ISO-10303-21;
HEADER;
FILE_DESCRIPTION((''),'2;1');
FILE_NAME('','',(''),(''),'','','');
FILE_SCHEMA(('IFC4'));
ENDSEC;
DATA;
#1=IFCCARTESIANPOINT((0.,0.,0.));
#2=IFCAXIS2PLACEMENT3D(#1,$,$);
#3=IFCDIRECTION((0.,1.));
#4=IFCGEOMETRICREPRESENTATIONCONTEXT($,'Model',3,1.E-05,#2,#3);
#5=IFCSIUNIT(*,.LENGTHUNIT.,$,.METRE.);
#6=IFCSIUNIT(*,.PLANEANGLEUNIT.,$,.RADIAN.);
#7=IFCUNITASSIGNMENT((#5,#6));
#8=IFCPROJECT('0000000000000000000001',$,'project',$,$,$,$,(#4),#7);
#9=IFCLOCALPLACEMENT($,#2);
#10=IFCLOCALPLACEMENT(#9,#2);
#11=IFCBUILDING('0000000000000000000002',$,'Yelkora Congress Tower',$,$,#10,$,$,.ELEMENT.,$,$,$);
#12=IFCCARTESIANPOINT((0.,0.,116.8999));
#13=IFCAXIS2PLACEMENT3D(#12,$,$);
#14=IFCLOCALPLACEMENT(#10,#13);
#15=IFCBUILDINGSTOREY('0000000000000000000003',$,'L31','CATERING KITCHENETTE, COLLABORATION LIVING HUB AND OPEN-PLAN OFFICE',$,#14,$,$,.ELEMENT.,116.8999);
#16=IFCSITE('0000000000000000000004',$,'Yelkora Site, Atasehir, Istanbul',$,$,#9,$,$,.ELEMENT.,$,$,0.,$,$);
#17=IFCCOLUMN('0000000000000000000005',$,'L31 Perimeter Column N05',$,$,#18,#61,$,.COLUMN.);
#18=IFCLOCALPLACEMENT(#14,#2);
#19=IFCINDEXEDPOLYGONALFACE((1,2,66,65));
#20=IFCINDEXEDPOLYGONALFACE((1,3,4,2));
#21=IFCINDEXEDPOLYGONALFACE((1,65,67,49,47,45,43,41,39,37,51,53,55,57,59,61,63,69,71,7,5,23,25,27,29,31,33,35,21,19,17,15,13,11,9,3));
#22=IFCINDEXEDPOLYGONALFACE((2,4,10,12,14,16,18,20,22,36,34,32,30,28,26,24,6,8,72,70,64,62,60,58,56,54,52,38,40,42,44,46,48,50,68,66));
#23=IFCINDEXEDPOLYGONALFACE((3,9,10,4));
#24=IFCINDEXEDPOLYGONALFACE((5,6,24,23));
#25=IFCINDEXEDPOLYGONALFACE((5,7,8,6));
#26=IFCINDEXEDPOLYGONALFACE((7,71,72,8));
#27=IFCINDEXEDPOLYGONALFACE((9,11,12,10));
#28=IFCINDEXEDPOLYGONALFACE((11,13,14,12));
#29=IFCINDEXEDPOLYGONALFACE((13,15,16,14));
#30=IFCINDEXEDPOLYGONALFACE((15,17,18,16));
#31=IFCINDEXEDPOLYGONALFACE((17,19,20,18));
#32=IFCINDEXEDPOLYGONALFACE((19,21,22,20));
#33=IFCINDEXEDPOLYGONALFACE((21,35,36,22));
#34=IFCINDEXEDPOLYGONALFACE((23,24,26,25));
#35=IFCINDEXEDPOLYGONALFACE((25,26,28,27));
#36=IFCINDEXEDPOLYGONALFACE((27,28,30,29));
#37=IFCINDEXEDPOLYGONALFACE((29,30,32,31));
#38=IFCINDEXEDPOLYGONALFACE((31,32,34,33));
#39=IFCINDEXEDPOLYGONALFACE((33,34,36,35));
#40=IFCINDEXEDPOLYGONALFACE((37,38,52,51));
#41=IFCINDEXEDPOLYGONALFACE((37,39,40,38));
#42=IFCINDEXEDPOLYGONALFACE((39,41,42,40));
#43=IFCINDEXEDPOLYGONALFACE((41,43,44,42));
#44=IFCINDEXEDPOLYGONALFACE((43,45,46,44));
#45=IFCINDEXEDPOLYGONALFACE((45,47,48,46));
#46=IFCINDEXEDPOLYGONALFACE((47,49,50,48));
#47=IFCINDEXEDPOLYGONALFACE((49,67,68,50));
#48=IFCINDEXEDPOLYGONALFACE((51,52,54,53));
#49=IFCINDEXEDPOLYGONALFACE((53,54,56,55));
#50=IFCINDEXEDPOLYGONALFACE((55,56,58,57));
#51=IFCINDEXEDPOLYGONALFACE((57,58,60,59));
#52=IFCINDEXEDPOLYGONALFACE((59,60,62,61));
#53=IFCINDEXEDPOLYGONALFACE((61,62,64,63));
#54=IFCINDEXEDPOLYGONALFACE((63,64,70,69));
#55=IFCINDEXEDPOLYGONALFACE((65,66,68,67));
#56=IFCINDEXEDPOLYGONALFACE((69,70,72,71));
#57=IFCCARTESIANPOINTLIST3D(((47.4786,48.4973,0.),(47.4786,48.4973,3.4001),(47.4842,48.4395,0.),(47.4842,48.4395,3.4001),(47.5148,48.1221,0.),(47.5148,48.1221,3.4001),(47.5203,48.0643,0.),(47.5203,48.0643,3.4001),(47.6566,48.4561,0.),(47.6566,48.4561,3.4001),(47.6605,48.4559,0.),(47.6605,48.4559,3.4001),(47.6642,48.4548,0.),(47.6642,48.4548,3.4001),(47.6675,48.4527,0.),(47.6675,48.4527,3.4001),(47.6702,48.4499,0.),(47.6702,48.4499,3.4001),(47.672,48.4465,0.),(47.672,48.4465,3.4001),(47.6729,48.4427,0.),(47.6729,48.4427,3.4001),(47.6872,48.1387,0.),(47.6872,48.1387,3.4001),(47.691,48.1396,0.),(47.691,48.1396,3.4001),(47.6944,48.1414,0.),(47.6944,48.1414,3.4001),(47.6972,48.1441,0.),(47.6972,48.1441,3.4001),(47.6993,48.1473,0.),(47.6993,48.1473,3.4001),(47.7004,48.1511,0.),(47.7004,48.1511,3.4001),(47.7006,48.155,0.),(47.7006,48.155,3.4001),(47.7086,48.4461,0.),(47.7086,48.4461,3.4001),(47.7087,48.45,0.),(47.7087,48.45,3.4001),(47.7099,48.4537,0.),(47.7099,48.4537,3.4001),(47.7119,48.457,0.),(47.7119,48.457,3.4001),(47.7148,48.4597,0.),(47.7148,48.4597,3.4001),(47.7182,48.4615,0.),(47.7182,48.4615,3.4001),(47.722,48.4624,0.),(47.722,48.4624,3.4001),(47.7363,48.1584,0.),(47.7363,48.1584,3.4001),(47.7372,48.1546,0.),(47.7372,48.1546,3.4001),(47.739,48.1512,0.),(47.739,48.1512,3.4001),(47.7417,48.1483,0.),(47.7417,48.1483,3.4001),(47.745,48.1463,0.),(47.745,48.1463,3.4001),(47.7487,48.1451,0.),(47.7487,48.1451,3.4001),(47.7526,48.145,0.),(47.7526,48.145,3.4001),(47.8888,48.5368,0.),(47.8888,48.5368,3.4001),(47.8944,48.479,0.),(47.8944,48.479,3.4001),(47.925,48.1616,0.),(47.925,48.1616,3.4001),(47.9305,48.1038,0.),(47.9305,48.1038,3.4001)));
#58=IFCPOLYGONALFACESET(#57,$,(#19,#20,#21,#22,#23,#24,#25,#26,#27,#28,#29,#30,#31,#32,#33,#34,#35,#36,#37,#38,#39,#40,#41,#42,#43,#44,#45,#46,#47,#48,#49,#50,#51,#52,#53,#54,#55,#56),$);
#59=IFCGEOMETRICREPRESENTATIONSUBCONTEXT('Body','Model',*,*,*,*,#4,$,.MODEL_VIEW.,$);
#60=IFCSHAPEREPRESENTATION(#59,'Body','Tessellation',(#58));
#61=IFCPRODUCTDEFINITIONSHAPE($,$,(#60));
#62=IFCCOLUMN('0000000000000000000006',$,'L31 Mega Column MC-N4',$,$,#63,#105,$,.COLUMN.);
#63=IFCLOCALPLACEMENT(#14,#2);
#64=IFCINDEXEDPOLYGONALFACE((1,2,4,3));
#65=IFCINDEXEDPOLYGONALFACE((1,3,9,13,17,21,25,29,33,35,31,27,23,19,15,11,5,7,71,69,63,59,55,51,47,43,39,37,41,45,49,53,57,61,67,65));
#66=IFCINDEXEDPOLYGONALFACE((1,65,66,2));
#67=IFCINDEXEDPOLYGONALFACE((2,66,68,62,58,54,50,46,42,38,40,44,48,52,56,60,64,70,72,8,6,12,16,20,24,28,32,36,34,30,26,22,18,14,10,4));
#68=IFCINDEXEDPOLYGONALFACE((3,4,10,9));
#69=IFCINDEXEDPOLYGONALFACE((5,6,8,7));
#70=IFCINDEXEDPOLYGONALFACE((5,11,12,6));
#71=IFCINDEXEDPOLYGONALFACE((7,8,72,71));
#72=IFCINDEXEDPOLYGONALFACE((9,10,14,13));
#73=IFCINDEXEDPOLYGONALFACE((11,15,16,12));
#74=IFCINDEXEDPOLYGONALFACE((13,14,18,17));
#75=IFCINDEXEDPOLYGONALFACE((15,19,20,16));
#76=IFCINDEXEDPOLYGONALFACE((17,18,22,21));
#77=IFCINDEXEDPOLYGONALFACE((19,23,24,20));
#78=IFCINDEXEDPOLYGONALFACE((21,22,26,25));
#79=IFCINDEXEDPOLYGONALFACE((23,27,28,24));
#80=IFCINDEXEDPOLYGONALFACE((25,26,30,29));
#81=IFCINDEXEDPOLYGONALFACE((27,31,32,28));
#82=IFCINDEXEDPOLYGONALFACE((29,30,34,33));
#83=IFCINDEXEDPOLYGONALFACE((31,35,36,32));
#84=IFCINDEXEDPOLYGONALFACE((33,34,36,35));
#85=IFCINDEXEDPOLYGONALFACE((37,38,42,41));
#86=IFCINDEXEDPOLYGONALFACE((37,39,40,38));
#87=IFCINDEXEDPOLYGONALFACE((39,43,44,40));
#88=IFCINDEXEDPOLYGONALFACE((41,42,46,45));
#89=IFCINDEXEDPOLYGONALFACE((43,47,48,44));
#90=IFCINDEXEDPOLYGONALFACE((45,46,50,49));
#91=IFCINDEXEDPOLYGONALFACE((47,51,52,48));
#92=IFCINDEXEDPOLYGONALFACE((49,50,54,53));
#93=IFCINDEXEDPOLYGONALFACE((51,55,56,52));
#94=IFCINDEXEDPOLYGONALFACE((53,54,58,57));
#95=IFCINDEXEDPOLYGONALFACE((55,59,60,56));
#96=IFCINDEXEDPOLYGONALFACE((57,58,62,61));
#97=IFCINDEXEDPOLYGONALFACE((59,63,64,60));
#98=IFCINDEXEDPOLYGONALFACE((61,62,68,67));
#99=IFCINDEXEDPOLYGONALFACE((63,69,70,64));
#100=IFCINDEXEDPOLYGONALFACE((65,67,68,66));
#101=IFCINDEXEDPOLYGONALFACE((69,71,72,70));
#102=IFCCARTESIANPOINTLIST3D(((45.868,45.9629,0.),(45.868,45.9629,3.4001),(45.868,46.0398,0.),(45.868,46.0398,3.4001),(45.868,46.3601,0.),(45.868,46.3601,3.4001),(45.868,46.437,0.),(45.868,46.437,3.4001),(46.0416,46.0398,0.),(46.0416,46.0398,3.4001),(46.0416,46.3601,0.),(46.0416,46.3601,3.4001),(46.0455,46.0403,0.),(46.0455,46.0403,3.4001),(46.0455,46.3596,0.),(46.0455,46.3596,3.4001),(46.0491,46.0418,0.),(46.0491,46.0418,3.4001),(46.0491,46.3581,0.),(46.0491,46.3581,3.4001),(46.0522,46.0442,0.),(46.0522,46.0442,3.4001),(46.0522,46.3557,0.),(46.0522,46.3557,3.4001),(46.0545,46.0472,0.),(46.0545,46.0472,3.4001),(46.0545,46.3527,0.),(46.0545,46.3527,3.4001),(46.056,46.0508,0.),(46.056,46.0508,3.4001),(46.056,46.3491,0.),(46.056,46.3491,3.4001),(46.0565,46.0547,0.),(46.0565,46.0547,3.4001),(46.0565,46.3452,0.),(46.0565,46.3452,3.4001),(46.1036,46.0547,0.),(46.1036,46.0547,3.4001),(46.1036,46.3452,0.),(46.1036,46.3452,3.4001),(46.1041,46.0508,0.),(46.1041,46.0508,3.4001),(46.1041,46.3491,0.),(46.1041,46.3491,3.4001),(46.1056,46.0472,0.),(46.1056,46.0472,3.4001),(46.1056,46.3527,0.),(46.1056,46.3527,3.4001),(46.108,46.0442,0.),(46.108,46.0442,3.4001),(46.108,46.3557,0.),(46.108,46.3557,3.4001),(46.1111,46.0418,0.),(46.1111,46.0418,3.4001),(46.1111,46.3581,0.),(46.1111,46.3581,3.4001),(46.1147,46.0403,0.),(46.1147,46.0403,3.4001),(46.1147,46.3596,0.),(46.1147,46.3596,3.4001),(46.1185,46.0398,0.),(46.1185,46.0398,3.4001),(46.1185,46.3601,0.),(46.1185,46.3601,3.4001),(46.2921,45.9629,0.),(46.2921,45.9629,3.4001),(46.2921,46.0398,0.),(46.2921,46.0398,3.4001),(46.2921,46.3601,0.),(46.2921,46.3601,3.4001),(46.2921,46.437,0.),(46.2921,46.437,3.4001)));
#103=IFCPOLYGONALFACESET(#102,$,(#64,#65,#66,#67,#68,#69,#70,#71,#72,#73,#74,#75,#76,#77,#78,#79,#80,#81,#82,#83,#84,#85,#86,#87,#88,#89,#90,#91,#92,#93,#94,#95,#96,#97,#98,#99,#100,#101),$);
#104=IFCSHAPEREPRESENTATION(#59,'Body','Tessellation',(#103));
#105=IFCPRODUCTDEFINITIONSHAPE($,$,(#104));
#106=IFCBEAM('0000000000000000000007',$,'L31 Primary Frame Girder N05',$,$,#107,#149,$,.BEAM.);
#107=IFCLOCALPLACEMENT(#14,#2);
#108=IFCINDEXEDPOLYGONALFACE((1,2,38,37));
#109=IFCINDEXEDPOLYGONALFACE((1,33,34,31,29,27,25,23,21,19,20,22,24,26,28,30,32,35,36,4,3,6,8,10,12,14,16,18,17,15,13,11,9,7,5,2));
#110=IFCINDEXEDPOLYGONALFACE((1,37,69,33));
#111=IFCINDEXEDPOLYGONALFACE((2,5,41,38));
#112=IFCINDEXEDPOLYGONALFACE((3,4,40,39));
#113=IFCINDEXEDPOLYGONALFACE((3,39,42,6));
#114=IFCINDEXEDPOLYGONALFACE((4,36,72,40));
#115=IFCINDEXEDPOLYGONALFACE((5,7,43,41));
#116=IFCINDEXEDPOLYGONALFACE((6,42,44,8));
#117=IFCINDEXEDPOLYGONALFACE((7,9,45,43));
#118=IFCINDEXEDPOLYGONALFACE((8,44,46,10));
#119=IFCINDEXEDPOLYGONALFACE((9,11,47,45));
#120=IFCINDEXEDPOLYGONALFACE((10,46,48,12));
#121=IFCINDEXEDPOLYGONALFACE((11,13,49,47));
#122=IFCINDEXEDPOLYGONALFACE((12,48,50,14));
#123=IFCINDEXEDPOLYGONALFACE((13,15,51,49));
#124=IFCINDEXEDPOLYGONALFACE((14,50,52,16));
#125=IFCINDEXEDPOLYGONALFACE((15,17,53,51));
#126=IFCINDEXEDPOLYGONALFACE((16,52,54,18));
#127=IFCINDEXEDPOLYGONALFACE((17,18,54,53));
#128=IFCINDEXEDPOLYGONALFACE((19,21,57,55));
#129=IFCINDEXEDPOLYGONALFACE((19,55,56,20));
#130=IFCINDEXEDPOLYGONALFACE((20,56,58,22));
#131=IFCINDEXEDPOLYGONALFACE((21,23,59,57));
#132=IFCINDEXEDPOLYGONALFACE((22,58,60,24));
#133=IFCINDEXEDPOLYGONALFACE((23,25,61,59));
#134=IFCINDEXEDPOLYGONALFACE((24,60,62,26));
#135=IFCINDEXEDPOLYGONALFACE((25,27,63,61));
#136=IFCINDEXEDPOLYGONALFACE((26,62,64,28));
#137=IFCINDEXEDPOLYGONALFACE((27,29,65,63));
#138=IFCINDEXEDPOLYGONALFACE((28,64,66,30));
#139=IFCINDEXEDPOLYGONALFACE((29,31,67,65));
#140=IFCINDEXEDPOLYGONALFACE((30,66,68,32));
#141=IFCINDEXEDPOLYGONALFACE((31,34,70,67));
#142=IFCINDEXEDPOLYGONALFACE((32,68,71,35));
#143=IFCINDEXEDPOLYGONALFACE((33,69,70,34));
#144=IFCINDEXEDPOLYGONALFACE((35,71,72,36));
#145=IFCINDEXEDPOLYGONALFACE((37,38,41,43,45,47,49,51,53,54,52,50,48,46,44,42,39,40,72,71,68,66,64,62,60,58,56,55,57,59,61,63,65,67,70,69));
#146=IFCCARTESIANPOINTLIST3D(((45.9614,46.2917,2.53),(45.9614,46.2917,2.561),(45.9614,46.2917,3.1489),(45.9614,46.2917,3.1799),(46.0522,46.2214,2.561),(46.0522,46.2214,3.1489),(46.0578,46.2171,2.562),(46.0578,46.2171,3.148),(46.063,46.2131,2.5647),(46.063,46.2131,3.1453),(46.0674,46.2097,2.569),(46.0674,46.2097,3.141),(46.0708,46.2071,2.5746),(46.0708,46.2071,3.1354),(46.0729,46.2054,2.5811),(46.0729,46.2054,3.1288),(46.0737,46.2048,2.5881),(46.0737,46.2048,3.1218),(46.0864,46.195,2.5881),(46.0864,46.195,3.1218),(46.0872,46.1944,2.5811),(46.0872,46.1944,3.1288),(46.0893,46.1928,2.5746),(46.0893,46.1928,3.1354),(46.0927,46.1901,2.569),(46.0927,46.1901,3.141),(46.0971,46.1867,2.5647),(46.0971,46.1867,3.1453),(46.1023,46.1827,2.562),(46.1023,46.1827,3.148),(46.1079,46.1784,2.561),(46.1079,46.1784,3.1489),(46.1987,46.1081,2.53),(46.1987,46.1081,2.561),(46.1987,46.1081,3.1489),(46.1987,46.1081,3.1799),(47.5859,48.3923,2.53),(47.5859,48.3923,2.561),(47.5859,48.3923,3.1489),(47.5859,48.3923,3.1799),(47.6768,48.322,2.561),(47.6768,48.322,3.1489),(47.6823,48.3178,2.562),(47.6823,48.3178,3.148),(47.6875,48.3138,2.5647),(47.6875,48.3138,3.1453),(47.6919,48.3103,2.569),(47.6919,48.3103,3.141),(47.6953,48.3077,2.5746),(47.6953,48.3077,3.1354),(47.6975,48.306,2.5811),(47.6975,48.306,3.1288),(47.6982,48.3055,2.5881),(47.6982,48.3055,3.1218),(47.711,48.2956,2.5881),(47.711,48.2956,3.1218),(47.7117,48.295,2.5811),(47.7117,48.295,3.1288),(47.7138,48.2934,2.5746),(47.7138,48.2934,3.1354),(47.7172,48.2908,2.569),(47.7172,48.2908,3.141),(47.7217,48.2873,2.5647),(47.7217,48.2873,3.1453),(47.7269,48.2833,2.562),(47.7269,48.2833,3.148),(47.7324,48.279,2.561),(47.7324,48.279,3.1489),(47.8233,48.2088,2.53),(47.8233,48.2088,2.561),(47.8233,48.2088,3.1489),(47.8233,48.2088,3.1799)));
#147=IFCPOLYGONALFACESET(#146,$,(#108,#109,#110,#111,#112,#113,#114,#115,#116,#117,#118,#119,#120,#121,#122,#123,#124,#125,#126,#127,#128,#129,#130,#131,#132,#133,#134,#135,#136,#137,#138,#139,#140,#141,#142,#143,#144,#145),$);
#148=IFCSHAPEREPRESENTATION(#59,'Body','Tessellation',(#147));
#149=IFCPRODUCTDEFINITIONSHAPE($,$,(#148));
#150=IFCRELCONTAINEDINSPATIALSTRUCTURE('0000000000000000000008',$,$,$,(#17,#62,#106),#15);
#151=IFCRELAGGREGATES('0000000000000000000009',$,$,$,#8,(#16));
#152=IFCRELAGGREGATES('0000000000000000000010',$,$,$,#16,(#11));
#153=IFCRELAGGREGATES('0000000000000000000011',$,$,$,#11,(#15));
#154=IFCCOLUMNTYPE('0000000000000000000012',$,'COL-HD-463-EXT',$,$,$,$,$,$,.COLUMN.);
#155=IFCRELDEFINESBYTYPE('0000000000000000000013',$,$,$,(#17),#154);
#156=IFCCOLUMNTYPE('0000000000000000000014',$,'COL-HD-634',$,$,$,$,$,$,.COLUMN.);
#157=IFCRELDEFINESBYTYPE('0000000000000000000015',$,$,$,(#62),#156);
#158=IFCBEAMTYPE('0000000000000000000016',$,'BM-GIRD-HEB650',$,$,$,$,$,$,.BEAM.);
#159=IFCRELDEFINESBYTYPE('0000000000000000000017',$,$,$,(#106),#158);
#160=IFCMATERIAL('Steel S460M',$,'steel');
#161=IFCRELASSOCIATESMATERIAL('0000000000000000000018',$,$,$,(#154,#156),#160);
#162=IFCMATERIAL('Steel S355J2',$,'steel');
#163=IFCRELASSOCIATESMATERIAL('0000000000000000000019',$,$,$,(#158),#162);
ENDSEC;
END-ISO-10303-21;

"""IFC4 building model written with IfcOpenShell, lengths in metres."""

from ifc_helpers import new_model, si_unit, direction, frame, origin, origin_2d, place, context, subcontext, project, spatial, i_section, extrude, material, material_profile, profile_set, type_object, element, save


model = new_model("IFC4")

# Units and contexts
model_context = context("Model", 3, precision=1e-05, world=origin(), true_north=direction((0.0, 1.0)))
body_context = subcontext(model_context, "Body", "Model", "MODEL_VIEW")
ifc_project = project(units=[si_unit("LENGTHUNIT", "METRE"), si_unit("PLANEANGLEUNIT", "RADIAN")], contexts=[model_context])

# Site, building, storey
site_placement = place(None, origin())
site = spatial("IfcSite", under=ifc_project, at=site_placement, Name="Yelkora Site, Atasehir, Istanbul", CompositionType="ELEMENT", RefElevation=0.0)
building_placement = place(site_placement, origin())
building = spatial("IfcBuilding", under=site, at=building_placement, Name="Yelkora Congress Tower", CompositionType="ELEMENT")
storey_placement = place(building_placement, frame((0.0, 0.0, 116.8999)))
storey = spatial("IfcBuildingStorey", under=building, at=storey_placement, Name="L31", Description="CATERING KITCHENETTE, COLLABORATION LIVING HUB AND OPEN-PLAN OFFICE", CompositionType="ELEMENT", Elevation=116.8999)

# Columns
ifc_material_1 = material(Name="Steel S460M", Category="steel")
ifc_material_profile_1 = material_profile(ifc_material_1, i_section(OverallWidth=0.4121, OverallDepth=0.4351, WebThickness=0.0359, FlangeThickness=0.0581, FilletRadius=0.0149, at=origin_2d()), Name="HD 400x463")
ifc_profile_set_1 = profile_set([ifc_material_profile_1], Name="Steel S460M")
column_type_1 = type_object("IfcColumnType", Name="COL-HD-463-EXT", PredefinedType="COLUMN", material=ifc_profile_set_1)
column_1_placement = place(storey_placement, frame((47.7046, 48.3005, 0.0), z_axis=(0.0, 0.0, 1.0), x_axis=(0.995396, 0.095846, 0.0)))
element("IfcColumn", 1, at=column_1_placement, inside=storey, type_object=column_type_1, Name="L31 Perimeter Column N05", PredefinedType="COLUMN", context=body_context, shape_type="SweptSolid", body=[
    extrude(i_section(OverallWidth=0.4121, OverallDepth=0.4351, WebThickness=0.0359, FlangeThickness=0.0581, FilletRadius=0.0149, at=origin_2d()), origin(), (0.0, 0.0, 1.0), 3.4001),
])
ifc_material_profile_2 = material_profile(ifc_material_1, i_section(OverallWidth=0.4241, OverallDepth=0.4741, WebThickness=0.0471, FlangeThickness=0.0769, FilletRadius=0.0149, at=origin_2d()), Name="HD 400x634")
ifc_profile_set_2 = profile_set([ifc_material_profile_2], Name="Steel S460M")
column_type_2 = type_object("IfcColumnType", Name="COL-HD-634", PredefinedType="COLUMN", material=ifc_profile_set_2)
column_2_placement = place(storey_placement, frame((46.0801, 46.2, 0.0), z_axis=(0.0, 0.0, 1.0), x_axis=(1.0, 0.0, 0.0)))
element("IfcColumn", 2, at=column_2_placement, inside=storey, type_object=column_type_2, Name="L31 Mega Column MC-N4", PredefinedType="COLUMN", context=body_context, shape_type="SweptSolid", body=[
    extrude(i_section(OverallWidth=0.4241, OverallDepth=0.4741, WebThickness=0.0471, FlangeThickness=0.0769, FilletRadius=0.0149, at=origin_2d()), origin(), (0.0, 0.0, 1.0), 3.4001),
])

# Beam
ifc_material_2 = material(Name="Steel S355J2", Category="steel")
ifc_material_profile_3 = material_profile(ifc_material_2, i_section(OverallWidth=0.3, OverallDepth=0.6499, WebThickness=0.0161, FlangeThickness=0.031, FilletRadius=0.0271, at=origin_2d()), Name="HEB 650")
ifc_profile_set_3 = profile_set([ifc_material_profile_3], Name="Steel S355J2")
beam_type_1 = type_object("IfcBeamType", Name="BM-GIRD-HEB650", PredefinedType="BEAM", material=ifc_profile_set_3)
beam_1_placement = place(storey_placement, frame((47.7046, 48.3005, 2.855), z_axis=(-0.611761, -0.791042, 0.0), x_axis=(0.791042, -0.611761, 0.0)))
element("IfcBeam", 3, at=beam_1_placement, inside=storey, type_object=beam_type_1, Name="L31 Primary Frame Girder N05", PredefinedType="BEAM", context=body_context, shape_type="SweptSolid", body=[
    extrude(i_section(OverallWidth=0.3, OverallDepth=0.6499, WebThickness=0.0161, FlangeThickness=0.031, FilletRadius=0.0271, at=origin_2d()), origin(), (0.0, 0.0, 1.0), 2.6555),
])

save(model, "model.ifc")
